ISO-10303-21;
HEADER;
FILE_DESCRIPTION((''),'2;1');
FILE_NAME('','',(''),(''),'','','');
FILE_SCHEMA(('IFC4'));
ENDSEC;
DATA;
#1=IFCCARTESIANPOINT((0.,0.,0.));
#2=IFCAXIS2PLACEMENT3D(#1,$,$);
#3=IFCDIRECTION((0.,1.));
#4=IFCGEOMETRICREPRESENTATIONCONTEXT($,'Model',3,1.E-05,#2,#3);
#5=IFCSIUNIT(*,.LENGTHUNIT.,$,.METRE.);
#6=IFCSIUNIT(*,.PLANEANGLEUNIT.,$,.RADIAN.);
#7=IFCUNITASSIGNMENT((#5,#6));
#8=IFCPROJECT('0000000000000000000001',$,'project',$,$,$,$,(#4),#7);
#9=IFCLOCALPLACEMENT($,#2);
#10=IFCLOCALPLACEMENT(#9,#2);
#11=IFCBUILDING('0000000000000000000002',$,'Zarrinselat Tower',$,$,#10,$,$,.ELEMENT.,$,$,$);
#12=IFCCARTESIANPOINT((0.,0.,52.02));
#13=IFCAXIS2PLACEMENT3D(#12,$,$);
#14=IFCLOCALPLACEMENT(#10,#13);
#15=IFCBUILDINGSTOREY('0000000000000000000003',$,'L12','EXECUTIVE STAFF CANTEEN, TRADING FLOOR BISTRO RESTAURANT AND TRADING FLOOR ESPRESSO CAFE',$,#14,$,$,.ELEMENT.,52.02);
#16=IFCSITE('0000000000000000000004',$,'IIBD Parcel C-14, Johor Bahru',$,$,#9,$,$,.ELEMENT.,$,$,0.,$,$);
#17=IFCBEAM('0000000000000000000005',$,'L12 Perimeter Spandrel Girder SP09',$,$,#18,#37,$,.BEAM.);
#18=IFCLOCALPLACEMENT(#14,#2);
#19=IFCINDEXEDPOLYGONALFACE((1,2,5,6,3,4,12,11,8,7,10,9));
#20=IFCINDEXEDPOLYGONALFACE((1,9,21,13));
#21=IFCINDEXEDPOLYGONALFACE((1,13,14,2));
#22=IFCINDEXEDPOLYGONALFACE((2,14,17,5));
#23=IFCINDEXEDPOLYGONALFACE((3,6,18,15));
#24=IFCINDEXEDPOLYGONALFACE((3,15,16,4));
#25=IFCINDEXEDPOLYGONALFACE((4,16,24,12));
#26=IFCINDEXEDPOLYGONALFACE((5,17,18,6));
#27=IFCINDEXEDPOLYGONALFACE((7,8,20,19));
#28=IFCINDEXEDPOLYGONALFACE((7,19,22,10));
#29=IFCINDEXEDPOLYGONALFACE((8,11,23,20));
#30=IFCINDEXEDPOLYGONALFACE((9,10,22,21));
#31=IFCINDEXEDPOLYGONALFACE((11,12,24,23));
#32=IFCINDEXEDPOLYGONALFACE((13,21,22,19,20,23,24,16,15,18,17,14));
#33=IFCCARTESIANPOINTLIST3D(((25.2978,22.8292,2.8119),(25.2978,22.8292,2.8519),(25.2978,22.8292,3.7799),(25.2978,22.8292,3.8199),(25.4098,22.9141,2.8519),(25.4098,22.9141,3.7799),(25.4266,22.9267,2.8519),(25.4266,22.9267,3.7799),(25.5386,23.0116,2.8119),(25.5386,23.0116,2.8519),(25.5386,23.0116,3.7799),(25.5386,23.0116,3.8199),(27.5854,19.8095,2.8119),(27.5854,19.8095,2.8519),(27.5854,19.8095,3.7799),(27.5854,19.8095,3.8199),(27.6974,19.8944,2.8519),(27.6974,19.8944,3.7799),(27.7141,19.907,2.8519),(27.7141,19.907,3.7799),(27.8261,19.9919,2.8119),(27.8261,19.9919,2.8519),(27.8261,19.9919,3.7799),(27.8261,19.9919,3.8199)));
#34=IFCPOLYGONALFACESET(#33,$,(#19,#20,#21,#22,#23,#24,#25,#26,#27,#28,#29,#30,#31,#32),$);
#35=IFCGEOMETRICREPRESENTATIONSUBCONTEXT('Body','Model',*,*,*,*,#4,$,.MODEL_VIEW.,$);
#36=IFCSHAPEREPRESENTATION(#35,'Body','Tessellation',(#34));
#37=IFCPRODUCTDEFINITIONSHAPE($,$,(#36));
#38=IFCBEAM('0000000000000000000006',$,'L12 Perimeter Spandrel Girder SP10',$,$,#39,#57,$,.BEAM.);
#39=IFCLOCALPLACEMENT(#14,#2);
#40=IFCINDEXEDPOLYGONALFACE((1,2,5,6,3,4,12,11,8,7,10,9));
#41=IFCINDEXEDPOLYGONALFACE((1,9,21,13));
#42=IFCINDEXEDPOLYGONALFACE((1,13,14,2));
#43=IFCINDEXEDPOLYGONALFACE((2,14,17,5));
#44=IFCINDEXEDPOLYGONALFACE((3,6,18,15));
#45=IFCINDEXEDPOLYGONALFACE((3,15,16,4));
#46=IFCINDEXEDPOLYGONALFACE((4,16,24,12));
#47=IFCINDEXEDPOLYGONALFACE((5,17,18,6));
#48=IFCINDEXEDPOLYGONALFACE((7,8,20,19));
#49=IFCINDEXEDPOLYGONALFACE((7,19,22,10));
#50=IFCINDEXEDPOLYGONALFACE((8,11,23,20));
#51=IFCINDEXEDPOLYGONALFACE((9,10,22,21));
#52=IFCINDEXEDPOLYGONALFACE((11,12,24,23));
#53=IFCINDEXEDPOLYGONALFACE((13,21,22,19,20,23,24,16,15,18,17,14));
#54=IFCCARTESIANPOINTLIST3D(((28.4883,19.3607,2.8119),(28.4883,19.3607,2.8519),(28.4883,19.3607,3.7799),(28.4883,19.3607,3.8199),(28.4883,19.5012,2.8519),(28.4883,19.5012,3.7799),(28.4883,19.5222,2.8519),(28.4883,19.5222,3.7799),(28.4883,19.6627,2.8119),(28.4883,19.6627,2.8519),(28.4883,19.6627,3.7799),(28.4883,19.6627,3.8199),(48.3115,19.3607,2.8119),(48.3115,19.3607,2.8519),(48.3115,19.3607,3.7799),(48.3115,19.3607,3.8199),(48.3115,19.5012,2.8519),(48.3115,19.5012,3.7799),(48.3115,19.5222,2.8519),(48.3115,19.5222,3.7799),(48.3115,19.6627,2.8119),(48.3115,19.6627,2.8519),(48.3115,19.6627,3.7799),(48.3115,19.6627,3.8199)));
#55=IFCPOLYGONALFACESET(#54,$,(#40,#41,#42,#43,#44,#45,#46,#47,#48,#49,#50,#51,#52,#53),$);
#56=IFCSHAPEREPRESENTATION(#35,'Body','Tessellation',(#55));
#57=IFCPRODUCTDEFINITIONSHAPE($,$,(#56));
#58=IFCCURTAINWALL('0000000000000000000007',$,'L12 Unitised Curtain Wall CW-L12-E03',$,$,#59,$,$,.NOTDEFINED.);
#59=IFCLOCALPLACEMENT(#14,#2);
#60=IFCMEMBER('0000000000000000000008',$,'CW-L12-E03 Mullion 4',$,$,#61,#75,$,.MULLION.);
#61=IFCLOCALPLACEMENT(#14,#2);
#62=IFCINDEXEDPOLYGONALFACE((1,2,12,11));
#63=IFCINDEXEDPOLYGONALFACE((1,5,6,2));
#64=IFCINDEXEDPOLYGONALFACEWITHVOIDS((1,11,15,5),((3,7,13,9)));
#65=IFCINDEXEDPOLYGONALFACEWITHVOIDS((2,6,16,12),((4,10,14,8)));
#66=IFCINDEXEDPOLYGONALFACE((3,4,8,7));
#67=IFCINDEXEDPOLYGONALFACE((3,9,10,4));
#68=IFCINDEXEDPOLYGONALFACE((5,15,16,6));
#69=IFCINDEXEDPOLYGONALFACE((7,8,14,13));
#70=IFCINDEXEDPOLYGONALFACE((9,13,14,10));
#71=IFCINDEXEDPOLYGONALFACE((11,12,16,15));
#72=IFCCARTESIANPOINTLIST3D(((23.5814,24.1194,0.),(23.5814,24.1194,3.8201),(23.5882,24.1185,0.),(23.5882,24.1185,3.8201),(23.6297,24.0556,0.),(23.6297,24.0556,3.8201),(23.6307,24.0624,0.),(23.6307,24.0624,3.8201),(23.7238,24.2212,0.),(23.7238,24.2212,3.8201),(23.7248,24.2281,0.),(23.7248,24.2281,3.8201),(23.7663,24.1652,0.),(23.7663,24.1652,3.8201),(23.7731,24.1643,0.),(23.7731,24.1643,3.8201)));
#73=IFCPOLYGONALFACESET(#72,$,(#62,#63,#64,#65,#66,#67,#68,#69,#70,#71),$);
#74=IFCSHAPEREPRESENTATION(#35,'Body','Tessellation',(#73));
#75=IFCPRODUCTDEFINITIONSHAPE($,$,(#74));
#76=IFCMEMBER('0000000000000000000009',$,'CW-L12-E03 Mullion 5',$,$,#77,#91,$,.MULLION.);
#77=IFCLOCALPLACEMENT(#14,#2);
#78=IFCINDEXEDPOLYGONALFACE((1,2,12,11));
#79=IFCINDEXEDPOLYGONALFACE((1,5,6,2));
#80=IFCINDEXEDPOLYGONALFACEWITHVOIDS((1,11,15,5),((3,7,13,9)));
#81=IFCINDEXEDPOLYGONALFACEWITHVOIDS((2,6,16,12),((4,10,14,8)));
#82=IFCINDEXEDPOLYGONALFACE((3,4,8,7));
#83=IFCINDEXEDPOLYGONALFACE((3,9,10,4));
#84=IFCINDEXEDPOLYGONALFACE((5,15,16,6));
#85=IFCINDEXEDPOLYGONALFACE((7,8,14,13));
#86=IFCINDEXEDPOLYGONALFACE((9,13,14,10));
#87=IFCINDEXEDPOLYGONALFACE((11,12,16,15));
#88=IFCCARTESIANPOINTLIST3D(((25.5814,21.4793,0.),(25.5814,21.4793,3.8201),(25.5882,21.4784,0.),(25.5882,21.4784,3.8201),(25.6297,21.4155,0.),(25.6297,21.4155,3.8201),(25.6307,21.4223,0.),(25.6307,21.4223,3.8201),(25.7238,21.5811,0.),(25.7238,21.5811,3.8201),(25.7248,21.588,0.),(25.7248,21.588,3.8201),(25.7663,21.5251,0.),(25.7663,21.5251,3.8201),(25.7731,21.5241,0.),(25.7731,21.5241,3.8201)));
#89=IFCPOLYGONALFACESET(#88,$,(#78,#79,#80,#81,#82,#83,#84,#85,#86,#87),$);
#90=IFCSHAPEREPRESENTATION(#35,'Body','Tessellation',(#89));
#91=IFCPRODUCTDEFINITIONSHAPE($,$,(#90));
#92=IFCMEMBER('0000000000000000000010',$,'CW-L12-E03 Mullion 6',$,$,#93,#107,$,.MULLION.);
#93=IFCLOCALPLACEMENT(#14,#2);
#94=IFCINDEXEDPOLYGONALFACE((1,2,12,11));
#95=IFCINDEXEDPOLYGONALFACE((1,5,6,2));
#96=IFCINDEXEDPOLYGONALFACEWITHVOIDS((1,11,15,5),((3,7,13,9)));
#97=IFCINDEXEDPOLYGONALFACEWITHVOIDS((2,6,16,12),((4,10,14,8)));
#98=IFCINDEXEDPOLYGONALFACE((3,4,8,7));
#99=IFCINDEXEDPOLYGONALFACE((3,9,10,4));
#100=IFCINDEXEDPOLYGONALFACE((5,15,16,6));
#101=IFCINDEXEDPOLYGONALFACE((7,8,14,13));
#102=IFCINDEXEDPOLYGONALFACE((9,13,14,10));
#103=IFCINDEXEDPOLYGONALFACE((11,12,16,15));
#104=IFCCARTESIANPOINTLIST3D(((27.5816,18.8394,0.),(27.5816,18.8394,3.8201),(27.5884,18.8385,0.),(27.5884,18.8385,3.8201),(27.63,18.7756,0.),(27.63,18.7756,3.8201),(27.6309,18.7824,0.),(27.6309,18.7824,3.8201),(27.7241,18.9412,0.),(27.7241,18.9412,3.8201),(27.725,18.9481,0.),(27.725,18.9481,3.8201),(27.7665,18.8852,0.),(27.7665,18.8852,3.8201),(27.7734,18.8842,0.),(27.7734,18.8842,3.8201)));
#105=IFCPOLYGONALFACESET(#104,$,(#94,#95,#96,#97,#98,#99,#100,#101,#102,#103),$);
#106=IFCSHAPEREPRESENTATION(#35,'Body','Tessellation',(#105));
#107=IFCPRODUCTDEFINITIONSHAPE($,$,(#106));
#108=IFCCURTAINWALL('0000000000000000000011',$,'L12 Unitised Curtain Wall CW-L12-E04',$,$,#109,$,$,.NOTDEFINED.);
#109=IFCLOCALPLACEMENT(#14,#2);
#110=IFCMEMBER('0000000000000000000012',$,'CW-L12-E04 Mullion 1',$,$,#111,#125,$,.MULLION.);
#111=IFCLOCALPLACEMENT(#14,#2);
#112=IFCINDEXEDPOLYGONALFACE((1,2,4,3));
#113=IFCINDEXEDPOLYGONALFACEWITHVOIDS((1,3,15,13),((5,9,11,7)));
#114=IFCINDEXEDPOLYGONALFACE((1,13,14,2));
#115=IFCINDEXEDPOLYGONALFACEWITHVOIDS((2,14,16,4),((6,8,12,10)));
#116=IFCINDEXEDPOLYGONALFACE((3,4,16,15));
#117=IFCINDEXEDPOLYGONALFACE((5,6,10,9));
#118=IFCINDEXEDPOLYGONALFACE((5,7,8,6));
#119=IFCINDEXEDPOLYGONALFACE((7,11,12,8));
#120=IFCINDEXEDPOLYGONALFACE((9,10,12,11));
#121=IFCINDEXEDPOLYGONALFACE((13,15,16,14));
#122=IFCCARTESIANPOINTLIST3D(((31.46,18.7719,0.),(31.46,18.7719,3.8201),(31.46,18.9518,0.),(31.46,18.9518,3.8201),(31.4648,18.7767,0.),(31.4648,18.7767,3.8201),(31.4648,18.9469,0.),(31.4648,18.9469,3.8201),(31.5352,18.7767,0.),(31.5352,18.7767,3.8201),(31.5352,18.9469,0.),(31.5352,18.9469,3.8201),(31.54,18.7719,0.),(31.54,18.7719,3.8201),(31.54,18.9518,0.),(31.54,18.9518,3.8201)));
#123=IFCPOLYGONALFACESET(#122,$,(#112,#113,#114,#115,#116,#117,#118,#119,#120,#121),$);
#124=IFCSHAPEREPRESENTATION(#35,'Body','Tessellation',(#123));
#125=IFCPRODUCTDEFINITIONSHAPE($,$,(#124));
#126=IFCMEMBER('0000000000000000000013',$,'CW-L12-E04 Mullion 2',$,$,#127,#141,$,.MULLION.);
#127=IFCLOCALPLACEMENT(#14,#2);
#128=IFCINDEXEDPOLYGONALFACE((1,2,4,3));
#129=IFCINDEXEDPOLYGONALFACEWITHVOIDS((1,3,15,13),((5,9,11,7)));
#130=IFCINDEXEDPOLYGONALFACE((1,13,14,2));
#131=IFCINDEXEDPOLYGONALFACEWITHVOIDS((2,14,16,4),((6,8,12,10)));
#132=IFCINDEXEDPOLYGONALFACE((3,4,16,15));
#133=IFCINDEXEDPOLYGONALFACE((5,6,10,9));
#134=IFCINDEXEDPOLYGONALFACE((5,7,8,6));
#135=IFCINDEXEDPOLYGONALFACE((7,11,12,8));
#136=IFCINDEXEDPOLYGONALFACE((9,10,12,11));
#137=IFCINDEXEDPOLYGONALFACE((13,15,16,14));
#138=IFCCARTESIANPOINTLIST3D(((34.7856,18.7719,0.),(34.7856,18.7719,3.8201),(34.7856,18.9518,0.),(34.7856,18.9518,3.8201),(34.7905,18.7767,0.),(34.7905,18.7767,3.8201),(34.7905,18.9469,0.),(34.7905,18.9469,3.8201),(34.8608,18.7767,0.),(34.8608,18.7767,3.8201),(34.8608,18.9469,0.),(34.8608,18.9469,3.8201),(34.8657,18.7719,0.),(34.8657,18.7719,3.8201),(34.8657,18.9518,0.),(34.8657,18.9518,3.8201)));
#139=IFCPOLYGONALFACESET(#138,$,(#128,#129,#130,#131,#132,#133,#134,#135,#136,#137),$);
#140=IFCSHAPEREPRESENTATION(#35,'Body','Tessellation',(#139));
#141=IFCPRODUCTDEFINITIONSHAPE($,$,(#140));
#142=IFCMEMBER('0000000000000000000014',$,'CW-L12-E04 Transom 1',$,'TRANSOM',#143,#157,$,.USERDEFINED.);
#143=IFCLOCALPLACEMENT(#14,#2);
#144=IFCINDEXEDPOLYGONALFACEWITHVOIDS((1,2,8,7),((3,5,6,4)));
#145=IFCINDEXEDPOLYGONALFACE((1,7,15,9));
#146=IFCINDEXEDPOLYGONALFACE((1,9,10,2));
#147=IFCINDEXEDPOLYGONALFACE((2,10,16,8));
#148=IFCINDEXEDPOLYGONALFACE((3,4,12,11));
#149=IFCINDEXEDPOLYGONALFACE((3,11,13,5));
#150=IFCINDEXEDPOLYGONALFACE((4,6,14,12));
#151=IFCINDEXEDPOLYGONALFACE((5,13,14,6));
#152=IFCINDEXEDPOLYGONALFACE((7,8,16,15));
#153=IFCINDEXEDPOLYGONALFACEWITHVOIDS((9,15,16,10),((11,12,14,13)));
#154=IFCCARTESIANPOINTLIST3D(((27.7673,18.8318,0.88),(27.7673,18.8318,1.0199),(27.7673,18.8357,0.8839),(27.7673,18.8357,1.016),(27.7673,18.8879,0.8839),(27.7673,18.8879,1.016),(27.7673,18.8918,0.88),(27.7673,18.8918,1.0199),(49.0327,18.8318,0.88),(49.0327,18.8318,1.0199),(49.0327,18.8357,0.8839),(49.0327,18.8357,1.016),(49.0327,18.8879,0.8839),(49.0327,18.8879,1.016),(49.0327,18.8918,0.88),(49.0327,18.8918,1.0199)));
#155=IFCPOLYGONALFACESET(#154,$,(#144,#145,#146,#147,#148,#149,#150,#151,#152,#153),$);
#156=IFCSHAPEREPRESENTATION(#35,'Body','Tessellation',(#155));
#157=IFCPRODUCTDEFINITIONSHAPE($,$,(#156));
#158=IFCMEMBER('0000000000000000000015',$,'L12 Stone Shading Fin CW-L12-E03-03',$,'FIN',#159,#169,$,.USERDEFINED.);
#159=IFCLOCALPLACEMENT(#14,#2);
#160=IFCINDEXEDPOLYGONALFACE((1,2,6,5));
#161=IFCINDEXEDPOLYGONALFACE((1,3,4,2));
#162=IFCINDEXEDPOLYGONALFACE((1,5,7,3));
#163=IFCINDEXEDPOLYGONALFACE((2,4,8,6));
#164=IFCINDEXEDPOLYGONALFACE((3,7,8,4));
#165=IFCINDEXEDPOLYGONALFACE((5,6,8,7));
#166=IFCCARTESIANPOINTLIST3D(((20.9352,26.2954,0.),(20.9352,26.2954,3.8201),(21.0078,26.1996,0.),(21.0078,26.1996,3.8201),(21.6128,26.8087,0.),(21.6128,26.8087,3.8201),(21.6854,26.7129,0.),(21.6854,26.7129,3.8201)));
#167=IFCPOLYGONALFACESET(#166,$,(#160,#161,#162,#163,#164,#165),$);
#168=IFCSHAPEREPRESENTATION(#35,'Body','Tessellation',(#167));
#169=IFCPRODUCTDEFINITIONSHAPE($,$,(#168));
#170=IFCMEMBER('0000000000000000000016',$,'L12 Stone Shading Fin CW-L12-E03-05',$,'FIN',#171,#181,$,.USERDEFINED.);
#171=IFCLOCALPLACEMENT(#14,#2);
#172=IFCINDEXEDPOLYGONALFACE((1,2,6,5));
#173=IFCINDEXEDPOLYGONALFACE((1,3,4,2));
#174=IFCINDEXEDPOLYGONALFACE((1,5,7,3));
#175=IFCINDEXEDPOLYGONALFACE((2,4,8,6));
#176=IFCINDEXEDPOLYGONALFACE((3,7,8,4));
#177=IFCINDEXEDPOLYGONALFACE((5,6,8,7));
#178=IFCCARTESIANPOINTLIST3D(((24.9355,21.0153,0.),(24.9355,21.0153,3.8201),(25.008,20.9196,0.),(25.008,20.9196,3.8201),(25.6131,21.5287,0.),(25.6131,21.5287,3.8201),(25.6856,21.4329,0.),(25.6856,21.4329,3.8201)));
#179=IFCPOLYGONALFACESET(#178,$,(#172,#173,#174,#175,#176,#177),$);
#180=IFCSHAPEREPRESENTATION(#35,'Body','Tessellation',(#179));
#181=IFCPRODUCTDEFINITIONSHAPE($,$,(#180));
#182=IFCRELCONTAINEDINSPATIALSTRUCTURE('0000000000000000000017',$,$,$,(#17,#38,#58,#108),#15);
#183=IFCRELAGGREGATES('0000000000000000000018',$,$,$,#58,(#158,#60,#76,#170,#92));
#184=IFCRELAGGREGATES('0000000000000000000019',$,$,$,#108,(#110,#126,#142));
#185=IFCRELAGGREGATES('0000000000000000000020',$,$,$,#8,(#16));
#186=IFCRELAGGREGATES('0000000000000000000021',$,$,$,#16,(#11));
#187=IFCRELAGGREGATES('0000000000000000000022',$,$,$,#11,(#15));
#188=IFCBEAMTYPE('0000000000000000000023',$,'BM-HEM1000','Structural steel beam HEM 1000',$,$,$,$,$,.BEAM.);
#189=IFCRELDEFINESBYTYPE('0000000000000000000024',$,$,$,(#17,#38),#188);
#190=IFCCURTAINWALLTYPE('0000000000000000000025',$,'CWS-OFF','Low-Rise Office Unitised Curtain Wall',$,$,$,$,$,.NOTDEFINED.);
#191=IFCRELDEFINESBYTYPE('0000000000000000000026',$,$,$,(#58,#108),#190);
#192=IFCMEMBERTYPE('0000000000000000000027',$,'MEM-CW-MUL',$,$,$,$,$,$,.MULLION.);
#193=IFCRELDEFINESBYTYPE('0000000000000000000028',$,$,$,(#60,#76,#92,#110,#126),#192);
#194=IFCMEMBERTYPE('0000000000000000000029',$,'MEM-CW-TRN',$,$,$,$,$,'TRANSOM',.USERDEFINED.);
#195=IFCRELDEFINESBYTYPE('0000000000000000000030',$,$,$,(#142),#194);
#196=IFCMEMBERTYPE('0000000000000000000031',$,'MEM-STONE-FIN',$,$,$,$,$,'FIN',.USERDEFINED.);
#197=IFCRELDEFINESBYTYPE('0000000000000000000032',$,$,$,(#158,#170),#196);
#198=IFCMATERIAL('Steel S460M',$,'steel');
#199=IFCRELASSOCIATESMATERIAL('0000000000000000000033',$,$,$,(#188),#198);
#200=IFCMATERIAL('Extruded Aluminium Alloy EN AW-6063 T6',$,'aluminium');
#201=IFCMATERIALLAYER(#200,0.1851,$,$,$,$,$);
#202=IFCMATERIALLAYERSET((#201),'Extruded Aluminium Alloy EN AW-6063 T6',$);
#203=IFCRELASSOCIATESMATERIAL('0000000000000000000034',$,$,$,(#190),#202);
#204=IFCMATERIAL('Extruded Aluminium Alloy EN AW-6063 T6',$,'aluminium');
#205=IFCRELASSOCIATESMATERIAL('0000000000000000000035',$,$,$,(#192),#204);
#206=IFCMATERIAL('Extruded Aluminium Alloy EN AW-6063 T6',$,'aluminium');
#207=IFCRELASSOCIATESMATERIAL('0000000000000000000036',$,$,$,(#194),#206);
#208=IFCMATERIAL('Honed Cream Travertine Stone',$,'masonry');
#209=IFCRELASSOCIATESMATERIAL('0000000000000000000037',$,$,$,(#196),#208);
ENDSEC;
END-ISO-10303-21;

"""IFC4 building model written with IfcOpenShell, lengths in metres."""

from ifc_helpers import new_model, si_unit, direction, frame, origin, origin_2d, place, context, subcontext, project, spatial, rectangle, hollow_rectangle, i_section, extrude, material, layer, layer_set, material_profile, profile_set, type_object, element, aggregate, save


model = new_model("IFC4")

# Units and contexts
model_context = context("Model", 3, precision=1e-05, world=origin(), true_north=direction((0.0, 1.0)))
body_context = subcontext(model_context, "Body", "Model", "MODEL_VIEW")
ifc_project = project(units=[si_unit("LENGTHUNIT", "METRE"), si_unit("PLANEANGLEUNIT", "RADIAN")], contexts=[model_context])

# Site, building, storey
site_placement = place(None, origin())
site = spatial("IfcSite", under=ifc_project, at=site_placement, Name="IIBD Parcel C-14, Johor Bahru", CompositionType="ELEMENT", RefElevation=0.0)
building_placement = place(site_placement, origin())
building = spatial("IfcBuilding", under=site, at=building_placement, Name="Zarrinselat Tower", CompositionType="ELEMENT")
storey_placement = place(building_placement, frame((0.0, 0.0, 52.02)))
storey = spatial("IfcBuildingStorey", under=building, at=storey_placement, Name="L12", Description="EXECUTIVE STAFF CANTEEN, TRADING FLOOR BISTRO RESTAURANT AND TRADING FLOOR ESPRESSO CAFE", CompositionType="ELEMENT", Elevation=52.02)

# Beams
ifc_material_1 = material(Name="Steel S460M", Category="steel")
ifc_material_profile_1 = material_profile(ifc_material_1, i_section(OverallWidth=0.302, OverallDepth=1.0081, WebThickness=0.021, FlangeThickness=0.04, at=origin_2d()), Name="HEM 1000")
ifc_profile_set_1 = profile_set([ifc_material_profile_1], Name="Steel S460M")
beam_type_1 = type_object("IfcBeamType", Name="BM-HEM1000", Description="Structural steel beam HEM 1000", PredefinedType="BEAM", material=ifc_profile_set_1)
for number, where, z_axis, x_axis, name in (
    (1, (25.4182, 22.9204, 3.3159), (0.603839, -0.797106, 0.0), (0.797106, 0.603839, 0.0), "L12 Perimeter Spandrel Girder SP09"),
):
    element("IfcBeam", number, at=place(storey_placement, frame(where, z_axis=z_axis, x_axis=x_axis)), inside=storey, type_object=beam_type_1, Name=name, PredefinedType="BEAM", context=body_context, shape_type="SweptSolid", body=[
        extrude(i_section(OverallWidth=0.302, OverallDepth=1.0081, WebThickness=0.021, FlangeThickness=0.04, at=origin_2d()), origin(), (0.0, 0.0, 1.0), 3.7883),
    ])
beam_1_placement = place(storey_placement, frame((28.4883, 19.5117, 3.3159), z_axis=(1.0, 0.0, 0.0), x_axis=(0.0, 1.0, 0.0)))
element("IfcBeam", 2, at=beam_1_placement, inside=storey, type_object=beam_type_1, Name="L12 Perimeter Spandrel Girder SP10", PredefinedType="BEAM", context=body_context, shape_type="SweptSolid", body=[
    extrude(i_section(OverallWidth=0.302, OverallDepth=1.0081, WebThickness=0.021, FlangeThickness=0.04, at=origin_2d()), origin(), (0.0, 0.0, 1.0), 19.8232),
])

# Curtain walls, members
ifc_material_2 = material(Name="Extruded Aluminium Alloy EN AW-6063 T6", Category="aluminium")
ifc_layer_1 = layer(ifc_material_2, 0.1851)
ifc_layer_set_1 = layer_set([ifc_layer_1], Name="Extruded Aluminium Alloy EN AW-6063 T6")
curtain_wall_type = type_object("IfcCurtainWallType", Name="CWS-OFF", Description="Low-Rise Office Unitised Curtain Wall", PredefinedType="NOTDEFINED", material=ifc_layer_set_1)
curtain_wall_1_placement = place(storey_placement, origin())
curtain_wall_1 = element("IfcCurtainWall", 3, at=curtain_wall_1_placement, inside=storey, type_object=curtain_wall_type, Name="L12 Unitised Curtain Wall CW-L12-E03", PredefinedType="NOTDEFINED")
ifc_material_3 = material(Name="Extruded Aluminium Alloy EN AW-6063 T6", Category="aluminium")
ifc_material_profile_2 = material_profile(ifc_material_3, hollow_rectangle(XDim=0.0801, YDim=0.1799, WallThickness=0.0049, at=origin_2d()), Name="RHS 180x80x5")
ifc_profile_set_2 = profile_set([ifc_material_profile_2], Name="Extruded Aluminium Alloy EN AW-6063 T6")
member_type_1 = type_object("IfcMemberType", Name="MEM-CW-MUL", PredefinedType="MULLION", material=ifc_profile_set_2)
member_1_placement = place(storey_placement, frame((23.6772, 24.1418, 0.0), z_axis=(0.0, 0.0, 1.0), x_axis=(0.603862, -0.797089, 0.0)))
member_1 = element("IfcMember", 4, at=member_1_placement, type_object=member_type_1, Name="CW-L12-E03 Mullion 4", PredefinedType="MULLION", context=body_context, shape_type="SweptSolid", body=[
    extrude(hollow_rectangle(XDim=0.0801, YDim=0.1799, WallThickness=0.0049, at=origin_2d()), origin(), (0.0, 0.0, 1.0), 3.8201),
])
member_2_placement = place(storey_placement, frame((25.6772, 21.5017, 0.0), z_axis=(0.0, 0.0, 1.0), x_axis=(0.603862, -0.797089, 0.0)))
member_2 = element("IfcMember", 5, at=member_2_placement, type_object=member_type_1, Name="CW-L12-E03 Mullion 5", PredefinedType="MULLION", context=body_context, shape_type="SweptSolid", body=[
    extrude(hollow_rectangle(XDim=0.0801, YDim=0.1799, WallThickness=0.0049, at=origin_2d()), origin(), (0.0, 0.0, 1.0), 3.8201),
])
member_3_placement = place(storey_placement, frame((27.6775, 18.8618, 0.0), z_axis=(0.0, 0.0, 1.0), x_axis=(0.603862, -0.797089, 0.0)))
member_3 = element("IfcMember", 6, at=member_3_placement, type_object=member_type_1, Name="CW-L12-E03 Mullion 6", PredefinedType="MULLION", context=body_context, shape_type="SweptSolid", body=[
    extrude(hollow_rectangle(XDim=0.0801, YDim=0.1799, WallThickness=0.0049, at=origin_2d()), origin(), (0.0, 0.0, 1.0), 3.8201),
])
curtain_wall_2_placement = place(storey_placement, origin())
curtain_wall_2 = element("IfcCurtainWall", 7, at=curtain_wall_2_placement, inside=storey, type_object=curtain_wall_type, Name="L12 Unitised Curtain Wall CW-L12-E04", PredefinedType="NOTDEFINED")
member_4_placement = place(storey_placement, frame((31.5, 18.8618, 0.0), z_axis=(0.0, 0.0, 1.0), x_axis=(1.0, 0.0, 0.0)))
member_4 = element("IfcMember", 8, at=member_4_placement, type_object=member_type_1, Name="CW-L12-E04 Mullion 1", PredefinedType="MULLION", context=body_context, shape_type="SweptSolid", body=[
    extrude(hollow_rectangle(XDim=0.0801, YDim=0.1799, WallThickness=0.0049, at=origin_2d()), origin(), (0.0, 0.0, 1.0), 3.8201),
])
member_5_placement = place(storey_placement, frame((34.8257, 18.8618, 0.0), z_axis=(0.0, 0.0, 1.0), x_axis=(1.0, 0.0, 0.0)))
member_5 = element("IfcMember", 9, at=member_5_placement, type_object=member_type_1, Name="CW-L12-E04 Mullion 2", PredefinedType="MULLION", context=body_context, shape_type="SweptSolid", body=[
    extrude(hollow_rectangle(XDim=0.0801, YDim=0.1799, WallThickness=0.0049, at=origin_2d()), origin(), (0.0, 0.0, 1.0), 3.8201),
])
ifc_material_4 = material(Name="Extruded Aluminium Alloy EN AW-6063 T6", Category="aluminium")
ifc_material_profile_3 = material_profile(ifc_material_4, hollow_rectangle(XDim=0.0601, YDim=0.1399, WallThickness=0.0039, at=origin_2d()), Name="RHS 140x60x4")
ifc_profile_set_3 = profile_set([ifc_material_profile_3], Name="Extruded Aluminium Alloy EN AW-6063 T6")
member_type_2 = type_object("IfcMemberType", Name="MEM-CW-TRN", ElementType="TRANSOM", PredefinedType="USERDEFINED", material=ifc_profile_set_3)
member_6_placement = place(storey_placement, frame((27.7673, 18.8618, 0.95), z_axis=(1.0, 0.0, 0.0), x_axis=(0.0, 1.0, 0.0)))
member_6 = element("IfcMember", 10, at=member_6_placement, type_object=member_type_2, Name="CW-L12-E04 Transom 1", ObjectType="TRANSOM", PredefinedType="USERDEFINED", context=body_context, shape_type="SweptSolid", body=[
    extrude(hollow_rectangle(XDim=0.0601, YDim=0.1399, WallThickness=0.0039, at=origin_2d()), origin(), (0.0, 0.0, 1.0), 21.2654),
])

# Members
ifc_material_5 = material(Name="Honed Cream Travertine Stone", Category="masonry")
ifc_material_profile_4 = material_profile(ifc_material_5, rectangle(XDim=0.1201, YDim=0.8501, at=origin_2d()), Name="FIN 850x120")
ifc_profile_set_4 = profile_set([ifc_material_profile_4], Name="Honed Cream Travertine Stone")
member_type_3 = type_object("IfcMemberType", Name="MEM-STONE-FIN", ElementType="FIN", PredefinedType="USERDEFINED", material=ifc_profile_set_4)
member_7_placement = place(storey_placement, frame((21.3103, 26.5042, 0.0), z_axis=(0.0, 0.0, 1.0), x_axis=(-0.603862, 0.797089, 0.0)))
member_7 = element("IfcMember", 11, at=member_7_placement, type_object=member_type_3, Name="L12 Stone Shading Fin CW-L12-E03-03", ObjectType="FIN", PredefinedType="USERDEFINED", context=body_context, shape_type="SweptSolid", body=[
    extrude(rectangle(XDim=0.1201, YDim=0.8501, at=origin_2d()), origin(), (0.0, 0.0, 1.0), 3.8201),
])
member_8_placement = place(storey_placement, frame((25.3105, 21.2241, 0.0), z_axis=(0.0, 0.0, 1.0), x_axis=(-0.603862, 0.797089, 0.0)))
member_8 = element("IfcMember", 12, at=member_8_placement, type_object=member_type_3, Name="L12 Stone Shading Fin CW-L12-E03-05", ObjectType="FIN", PredefinedType="USERDEFINED", context=body_context, shape_type="SweptSolid", body=[
    extrude(rectangle(XDim=0.1201, YDim=0.8501, at=origin_2d()), origin(), (0.0, 0.0, 1.0), 3.8201),
])

aggregate(curtain_wall_1, [member_7, member_1, member_2, member_8, member_3])
aggregate(curtain_wall_2, [member_4, member_5, member_6])

save(model, "model.ifc")
